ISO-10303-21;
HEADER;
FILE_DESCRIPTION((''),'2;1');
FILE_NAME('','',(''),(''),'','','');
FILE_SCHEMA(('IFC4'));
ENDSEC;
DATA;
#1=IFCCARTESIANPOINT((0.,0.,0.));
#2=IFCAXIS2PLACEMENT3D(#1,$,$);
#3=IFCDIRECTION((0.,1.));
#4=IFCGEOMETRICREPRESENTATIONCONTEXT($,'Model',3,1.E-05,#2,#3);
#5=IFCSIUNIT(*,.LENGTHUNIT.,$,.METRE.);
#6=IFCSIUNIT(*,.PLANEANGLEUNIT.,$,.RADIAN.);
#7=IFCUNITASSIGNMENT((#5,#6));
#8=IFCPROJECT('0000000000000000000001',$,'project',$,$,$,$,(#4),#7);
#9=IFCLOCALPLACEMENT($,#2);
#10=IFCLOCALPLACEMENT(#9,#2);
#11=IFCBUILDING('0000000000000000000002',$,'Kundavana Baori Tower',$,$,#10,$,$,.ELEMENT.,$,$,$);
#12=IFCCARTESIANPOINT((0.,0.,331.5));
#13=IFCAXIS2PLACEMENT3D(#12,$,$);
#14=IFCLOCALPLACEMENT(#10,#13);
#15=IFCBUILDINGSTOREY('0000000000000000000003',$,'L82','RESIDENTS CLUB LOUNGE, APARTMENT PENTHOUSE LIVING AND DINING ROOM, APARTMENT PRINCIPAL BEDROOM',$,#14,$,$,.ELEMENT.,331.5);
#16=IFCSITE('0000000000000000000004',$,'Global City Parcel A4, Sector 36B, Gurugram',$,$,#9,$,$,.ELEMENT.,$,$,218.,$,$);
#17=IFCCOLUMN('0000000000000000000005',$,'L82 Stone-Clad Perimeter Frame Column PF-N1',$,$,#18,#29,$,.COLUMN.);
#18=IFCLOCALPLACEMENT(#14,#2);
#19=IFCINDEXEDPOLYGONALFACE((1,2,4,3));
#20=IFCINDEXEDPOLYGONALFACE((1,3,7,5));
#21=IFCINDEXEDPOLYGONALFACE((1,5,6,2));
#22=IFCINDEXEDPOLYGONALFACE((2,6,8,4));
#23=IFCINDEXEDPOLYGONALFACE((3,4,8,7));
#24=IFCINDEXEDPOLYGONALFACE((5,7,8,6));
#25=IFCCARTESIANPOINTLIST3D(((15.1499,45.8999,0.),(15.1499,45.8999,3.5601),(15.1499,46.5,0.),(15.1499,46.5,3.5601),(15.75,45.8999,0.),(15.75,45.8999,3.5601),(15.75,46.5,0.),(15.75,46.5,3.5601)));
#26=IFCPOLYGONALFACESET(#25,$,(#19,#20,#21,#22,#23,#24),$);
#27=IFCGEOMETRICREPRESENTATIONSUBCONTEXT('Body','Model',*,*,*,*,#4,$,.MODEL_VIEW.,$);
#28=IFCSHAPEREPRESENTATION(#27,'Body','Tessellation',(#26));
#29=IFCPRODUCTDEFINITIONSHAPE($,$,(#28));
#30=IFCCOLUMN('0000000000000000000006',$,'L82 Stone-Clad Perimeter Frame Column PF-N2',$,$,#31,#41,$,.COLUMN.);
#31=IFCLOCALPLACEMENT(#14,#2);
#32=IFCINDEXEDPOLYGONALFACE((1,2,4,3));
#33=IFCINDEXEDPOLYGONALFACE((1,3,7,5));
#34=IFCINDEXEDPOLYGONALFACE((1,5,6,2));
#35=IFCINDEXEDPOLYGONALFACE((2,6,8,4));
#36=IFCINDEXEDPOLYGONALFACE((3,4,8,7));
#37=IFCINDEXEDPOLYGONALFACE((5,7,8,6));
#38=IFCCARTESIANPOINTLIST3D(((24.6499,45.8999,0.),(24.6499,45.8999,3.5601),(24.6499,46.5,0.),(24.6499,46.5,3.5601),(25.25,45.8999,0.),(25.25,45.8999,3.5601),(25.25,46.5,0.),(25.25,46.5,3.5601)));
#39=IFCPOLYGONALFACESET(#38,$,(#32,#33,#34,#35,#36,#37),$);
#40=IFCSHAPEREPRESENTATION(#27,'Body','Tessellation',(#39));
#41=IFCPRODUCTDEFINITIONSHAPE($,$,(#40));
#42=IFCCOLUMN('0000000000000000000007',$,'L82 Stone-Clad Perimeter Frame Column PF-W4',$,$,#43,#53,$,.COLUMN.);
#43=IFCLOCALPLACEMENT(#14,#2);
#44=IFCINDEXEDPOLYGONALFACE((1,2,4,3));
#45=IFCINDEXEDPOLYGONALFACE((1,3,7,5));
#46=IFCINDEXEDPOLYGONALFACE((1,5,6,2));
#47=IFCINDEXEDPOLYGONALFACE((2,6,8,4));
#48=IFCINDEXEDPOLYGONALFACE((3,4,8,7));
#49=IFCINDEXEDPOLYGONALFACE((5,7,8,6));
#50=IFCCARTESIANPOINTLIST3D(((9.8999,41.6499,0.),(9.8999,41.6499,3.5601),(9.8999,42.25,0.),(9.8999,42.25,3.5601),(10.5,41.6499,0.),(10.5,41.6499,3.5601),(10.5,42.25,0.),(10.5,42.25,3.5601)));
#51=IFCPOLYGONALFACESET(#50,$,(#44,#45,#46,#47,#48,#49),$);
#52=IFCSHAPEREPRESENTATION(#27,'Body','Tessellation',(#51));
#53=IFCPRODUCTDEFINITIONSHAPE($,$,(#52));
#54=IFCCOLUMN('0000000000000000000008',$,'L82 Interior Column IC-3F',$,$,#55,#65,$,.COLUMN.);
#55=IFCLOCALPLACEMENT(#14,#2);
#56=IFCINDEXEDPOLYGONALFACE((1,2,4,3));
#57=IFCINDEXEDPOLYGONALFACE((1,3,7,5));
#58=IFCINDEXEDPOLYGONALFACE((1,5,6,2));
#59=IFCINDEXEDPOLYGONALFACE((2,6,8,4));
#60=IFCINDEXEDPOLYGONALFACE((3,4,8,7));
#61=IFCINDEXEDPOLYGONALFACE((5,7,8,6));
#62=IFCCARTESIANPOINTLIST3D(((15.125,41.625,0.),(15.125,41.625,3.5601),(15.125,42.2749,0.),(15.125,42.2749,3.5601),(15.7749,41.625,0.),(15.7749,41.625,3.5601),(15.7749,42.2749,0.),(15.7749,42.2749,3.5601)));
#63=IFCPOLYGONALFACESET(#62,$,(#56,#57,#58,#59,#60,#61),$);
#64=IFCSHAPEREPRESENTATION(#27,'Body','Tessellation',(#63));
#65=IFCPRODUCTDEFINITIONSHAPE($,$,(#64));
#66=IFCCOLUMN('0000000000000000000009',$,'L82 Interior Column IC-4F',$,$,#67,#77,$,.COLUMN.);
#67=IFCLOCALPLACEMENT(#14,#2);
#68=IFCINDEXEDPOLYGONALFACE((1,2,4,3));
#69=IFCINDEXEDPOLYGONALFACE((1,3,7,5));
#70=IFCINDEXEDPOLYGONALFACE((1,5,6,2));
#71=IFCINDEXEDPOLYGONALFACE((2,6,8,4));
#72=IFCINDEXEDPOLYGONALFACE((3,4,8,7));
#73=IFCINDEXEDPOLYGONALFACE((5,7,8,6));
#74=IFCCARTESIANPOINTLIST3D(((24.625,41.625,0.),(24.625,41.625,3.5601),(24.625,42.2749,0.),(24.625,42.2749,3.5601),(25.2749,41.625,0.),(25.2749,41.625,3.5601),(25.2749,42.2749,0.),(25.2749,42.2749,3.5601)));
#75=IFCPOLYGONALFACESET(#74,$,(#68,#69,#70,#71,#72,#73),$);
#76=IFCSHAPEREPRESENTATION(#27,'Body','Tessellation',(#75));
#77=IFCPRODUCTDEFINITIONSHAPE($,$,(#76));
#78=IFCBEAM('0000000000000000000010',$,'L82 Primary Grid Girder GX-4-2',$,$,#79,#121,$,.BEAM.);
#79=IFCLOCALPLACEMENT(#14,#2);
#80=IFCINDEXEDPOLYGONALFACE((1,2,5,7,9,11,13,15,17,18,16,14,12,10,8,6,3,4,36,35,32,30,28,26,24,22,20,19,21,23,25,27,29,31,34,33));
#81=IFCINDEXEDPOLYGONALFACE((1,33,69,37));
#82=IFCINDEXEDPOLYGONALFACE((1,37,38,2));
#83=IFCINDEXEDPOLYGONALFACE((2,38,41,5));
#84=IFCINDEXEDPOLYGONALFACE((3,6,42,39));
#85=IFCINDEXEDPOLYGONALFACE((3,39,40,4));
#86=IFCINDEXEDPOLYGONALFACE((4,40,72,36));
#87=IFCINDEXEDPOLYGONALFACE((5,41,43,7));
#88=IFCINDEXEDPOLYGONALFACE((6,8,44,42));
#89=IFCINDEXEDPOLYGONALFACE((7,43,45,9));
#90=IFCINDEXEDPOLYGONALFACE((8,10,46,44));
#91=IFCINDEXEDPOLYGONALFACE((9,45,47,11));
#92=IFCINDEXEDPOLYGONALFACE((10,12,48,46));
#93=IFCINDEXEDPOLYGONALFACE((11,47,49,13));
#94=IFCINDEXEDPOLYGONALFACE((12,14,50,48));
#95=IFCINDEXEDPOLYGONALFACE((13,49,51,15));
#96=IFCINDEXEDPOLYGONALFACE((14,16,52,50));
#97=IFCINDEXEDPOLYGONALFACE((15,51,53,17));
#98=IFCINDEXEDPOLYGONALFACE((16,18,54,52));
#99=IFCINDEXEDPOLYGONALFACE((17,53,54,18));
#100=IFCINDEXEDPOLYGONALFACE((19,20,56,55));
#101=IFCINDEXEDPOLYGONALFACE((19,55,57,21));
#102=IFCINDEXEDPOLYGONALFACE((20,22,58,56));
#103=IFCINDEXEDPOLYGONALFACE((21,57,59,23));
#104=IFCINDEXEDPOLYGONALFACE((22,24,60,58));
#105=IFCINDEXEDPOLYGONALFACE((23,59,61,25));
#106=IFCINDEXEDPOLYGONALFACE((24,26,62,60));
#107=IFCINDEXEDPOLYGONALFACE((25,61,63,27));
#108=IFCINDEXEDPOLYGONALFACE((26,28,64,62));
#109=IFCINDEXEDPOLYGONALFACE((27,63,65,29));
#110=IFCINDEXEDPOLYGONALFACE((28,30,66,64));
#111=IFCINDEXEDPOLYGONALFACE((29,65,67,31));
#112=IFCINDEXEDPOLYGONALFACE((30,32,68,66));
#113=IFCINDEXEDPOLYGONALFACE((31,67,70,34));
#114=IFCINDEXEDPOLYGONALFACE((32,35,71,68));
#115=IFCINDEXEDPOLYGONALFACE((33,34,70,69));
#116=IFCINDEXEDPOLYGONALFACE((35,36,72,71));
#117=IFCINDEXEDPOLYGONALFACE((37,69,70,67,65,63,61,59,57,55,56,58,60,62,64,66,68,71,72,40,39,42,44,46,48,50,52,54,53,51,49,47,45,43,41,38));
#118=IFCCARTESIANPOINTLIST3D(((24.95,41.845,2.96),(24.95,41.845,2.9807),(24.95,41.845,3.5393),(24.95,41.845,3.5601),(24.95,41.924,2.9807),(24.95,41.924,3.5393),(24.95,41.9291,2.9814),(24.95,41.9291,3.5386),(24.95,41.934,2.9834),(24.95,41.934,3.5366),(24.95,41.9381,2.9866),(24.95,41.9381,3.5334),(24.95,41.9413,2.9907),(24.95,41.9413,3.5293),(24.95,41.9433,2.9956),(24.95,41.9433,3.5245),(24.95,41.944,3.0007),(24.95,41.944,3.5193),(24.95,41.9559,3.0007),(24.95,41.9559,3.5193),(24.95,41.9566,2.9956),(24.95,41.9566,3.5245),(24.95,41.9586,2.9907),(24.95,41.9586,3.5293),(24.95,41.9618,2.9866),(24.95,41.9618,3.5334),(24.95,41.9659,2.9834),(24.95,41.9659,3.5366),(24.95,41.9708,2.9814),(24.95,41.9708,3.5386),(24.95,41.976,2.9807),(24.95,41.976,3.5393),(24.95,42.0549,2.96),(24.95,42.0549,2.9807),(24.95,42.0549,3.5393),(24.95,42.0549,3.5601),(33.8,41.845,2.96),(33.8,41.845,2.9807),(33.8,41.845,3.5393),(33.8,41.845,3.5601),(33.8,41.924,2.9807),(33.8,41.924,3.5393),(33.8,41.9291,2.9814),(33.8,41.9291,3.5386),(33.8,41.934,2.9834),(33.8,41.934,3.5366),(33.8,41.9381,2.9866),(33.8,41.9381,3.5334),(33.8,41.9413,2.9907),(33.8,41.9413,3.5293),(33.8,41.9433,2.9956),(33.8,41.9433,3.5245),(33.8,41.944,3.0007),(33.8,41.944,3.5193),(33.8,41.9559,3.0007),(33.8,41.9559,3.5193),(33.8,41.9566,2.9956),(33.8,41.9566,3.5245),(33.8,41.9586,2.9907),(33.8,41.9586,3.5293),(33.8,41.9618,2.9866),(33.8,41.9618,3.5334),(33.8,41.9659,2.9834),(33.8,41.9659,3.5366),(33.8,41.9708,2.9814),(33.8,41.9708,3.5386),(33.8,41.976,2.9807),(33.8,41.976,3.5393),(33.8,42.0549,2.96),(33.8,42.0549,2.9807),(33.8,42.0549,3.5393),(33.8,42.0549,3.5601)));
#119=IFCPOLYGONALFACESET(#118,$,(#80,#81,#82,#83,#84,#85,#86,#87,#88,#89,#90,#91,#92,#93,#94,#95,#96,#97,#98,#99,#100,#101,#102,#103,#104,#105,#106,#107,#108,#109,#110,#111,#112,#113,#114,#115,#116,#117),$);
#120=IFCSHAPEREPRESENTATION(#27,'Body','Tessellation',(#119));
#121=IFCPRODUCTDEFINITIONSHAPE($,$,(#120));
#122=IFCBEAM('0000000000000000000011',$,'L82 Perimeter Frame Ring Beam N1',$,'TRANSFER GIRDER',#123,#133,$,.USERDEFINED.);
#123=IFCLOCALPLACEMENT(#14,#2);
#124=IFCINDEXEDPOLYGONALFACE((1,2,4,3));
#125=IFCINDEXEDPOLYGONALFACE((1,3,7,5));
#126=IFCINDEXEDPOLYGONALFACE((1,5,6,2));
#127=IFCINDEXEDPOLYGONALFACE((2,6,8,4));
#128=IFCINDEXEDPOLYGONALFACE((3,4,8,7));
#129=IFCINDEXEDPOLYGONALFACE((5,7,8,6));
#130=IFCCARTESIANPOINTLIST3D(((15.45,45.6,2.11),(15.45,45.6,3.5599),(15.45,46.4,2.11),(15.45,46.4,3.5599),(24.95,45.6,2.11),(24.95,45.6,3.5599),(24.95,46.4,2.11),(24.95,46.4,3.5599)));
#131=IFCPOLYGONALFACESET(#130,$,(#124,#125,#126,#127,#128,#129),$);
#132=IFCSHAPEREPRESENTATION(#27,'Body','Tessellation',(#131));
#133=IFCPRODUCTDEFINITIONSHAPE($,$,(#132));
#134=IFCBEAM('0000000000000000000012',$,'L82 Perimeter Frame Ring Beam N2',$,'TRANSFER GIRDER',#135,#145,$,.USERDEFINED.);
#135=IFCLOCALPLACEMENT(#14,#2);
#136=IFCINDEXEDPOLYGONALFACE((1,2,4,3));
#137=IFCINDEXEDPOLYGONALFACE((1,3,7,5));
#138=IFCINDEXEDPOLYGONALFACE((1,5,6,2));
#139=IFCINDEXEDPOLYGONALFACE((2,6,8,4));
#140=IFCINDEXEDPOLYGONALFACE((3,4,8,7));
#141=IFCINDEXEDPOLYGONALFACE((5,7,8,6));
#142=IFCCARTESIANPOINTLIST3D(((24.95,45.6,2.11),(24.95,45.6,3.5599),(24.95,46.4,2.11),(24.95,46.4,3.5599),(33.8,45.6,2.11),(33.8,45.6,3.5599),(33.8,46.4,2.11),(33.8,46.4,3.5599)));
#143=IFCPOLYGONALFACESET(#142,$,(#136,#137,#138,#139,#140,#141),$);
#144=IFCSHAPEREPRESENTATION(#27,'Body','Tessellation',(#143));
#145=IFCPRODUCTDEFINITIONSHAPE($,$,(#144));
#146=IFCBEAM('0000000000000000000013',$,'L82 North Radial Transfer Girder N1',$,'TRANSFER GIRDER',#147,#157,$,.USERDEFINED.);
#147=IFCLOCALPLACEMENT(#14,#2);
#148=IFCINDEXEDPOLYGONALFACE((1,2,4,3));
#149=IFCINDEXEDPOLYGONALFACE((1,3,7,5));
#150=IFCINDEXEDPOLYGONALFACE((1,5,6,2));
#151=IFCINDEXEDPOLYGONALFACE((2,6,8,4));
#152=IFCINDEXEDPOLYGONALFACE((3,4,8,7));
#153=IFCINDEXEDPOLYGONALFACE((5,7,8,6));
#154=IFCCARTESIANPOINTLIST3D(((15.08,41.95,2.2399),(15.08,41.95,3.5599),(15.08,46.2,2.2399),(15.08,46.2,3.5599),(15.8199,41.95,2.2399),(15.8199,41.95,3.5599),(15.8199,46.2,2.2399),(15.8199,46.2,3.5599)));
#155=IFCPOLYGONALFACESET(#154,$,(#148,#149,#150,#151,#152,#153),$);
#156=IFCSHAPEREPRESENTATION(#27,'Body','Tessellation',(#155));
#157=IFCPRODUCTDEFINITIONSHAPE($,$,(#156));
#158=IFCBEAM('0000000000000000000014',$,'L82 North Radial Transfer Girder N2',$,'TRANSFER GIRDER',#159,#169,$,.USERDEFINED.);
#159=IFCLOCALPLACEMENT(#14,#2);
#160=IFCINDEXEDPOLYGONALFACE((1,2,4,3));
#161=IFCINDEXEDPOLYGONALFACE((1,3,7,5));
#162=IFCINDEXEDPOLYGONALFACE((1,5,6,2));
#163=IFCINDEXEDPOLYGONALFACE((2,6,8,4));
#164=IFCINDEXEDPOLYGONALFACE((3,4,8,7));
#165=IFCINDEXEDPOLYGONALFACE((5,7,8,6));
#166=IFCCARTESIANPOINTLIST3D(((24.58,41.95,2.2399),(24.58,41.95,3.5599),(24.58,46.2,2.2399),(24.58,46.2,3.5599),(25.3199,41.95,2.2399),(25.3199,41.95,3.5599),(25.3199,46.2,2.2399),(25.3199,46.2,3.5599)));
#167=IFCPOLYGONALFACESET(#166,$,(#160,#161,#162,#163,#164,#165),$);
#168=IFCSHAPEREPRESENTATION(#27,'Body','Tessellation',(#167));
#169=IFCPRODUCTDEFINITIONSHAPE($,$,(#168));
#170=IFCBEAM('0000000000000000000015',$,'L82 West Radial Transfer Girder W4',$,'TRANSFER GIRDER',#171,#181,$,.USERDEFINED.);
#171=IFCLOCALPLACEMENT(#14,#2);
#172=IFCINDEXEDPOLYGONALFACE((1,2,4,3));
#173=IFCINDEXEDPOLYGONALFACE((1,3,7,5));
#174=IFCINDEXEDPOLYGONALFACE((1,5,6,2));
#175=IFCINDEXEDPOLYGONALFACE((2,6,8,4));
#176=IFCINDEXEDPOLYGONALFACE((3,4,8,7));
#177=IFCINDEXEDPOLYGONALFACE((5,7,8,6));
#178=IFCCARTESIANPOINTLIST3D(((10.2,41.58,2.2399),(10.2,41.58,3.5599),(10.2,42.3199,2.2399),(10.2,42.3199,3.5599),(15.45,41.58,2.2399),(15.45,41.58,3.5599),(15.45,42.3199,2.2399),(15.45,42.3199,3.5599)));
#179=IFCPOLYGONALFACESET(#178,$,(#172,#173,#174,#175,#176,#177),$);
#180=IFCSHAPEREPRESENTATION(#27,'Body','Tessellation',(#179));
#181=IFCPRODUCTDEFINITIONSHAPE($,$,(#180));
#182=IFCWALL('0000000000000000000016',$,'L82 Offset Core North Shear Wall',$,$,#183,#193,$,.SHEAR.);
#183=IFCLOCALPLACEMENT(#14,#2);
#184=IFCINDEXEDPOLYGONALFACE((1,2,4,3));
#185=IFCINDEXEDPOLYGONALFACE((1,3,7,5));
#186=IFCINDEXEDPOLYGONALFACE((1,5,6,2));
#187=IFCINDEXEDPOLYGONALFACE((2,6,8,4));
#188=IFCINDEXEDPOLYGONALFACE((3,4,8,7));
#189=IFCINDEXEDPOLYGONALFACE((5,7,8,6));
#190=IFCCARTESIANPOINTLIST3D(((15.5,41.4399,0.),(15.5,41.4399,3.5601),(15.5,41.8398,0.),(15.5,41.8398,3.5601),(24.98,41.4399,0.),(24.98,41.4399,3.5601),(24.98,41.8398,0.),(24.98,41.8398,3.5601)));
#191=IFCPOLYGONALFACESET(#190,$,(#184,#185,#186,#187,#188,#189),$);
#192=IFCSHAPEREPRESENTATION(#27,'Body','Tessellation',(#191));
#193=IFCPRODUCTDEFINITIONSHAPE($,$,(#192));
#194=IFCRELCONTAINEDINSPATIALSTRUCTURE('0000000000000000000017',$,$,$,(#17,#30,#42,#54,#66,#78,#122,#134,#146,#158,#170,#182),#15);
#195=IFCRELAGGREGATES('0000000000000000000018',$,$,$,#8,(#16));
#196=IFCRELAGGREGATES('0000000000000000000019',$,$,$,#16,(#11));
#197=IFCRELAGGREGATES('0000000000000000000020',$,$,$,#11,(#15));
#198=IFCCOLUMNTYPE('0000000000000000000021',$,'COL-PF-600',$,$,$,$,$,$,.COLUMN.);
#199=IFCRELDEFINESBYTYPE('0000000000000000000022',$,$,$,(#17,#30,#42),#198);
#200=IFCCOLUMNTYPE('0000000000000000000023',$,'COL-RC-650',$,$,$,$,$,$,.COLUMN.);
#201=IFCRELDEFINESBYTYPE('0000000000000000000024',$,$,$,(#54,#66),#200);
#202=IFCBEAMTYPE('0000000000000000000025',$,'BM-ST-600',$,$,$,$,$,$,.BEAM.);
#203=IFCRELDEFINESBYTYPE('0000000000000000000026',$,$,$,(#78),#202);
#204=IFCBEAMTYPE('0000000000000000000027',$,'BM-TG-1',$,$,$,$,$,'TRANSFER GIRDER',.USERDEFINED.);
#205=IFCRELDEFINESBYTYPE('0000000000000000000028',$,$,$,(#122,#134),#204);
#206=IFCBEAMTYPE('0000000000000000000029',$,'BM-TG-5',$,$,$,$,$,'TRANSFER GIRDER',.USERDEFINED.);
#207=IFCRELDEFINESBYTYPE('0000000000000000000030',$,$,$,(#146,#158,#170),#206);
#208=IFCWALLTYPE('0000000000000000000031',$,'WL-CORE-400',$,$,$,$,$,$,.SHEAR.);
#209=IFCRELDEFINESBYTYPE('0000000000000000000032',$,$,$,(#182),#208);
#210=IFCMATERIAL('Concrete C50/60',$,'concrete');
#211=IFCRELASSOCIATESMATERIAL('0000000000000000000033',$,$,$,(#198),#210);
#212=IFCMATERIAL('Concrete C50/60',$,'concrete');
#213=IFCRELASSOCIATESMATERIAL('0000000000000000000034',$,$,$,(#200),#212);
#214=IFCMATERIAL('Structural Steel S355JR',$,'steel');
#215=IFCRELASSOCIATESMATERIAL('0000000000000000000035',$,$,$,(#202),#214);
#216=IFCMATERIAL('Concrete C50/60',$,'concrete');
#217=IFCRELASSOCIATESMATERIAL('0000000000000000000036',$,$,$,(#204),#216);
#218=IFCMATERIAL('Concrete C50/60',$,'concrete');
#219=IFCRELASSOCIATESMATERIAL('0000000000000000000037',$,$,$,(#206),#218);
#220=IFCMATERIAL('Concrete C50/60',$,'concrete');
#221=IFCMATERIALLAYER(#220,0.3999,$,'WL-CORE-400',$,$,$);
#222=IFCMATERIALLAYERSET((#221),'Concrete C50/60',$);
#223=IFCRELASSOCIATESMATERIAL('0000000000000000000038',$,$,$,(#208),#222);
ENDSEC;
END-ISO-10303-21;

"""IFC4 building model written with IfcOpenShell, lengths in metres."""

from ifc_helpers import new_model, si_unit, direction, frame, frame_2d, origin, origin_2d, place, context, subcontext, project, spatial, rectangle, i_section, extrude, material, layer, layer_set, material_profile, profile_set, type_object, element, save


model = new_model("IFC4")

# Units and contexts
model_context = context("Model", 3, precision=1e-05, world=origin(), true_north=direction((0.0, 1.0)))
body_context = subcontext(model_context, "Body", "Model", "MODEL_VIEW")
ifc_project = project(units=[si_unit("LENGTHUNIT", "METRE"), si_unit("PLANEANGLEUNIT", "RADIAN")], contexts=[model_context])

# Site, building, storey
site_placement = place(None, origin())
site = spatial("IfcSite", under=ifc_project, at=site_placement, Name="Global City Parcel A4, Sector 36B, Gurugram", CompositionType="ELEMENT", RefElevation=218.0)
building_placement = place(site_placement, origin())
building = spatial("IfcBuilding", under=site, at=building_placement, Name="Kundavana Baori Tower", CompositionType="ELEMENT")
storey_placement = place(building_placement, frame((0.0, 0.0, 331.5)))
storey = spatial("IfcBuildingStorey", under=building, at=storey_placement, Name="L82", Description="RESIDENTS CLUB LOUNGE, APARTMENT PENTHOUSE LIVING AND DINING ROOM, APARTMENT PRINCIPAL BEDROOM", CompositionType="ELEMENT", Elevation=331.5)

# Columns
ifc_material_1 = material(Name="Concrete C50/60", Category="concrete")
ifc_material_profile_1 = material_profile(ifc_material_1, rectangle(XDim=0.6001, YDim=0.6001, at=origin_2d()), Name="RC PF 600x600")
ifc_profile_set_1 = profile_set([ifc_material_profile_1], Name="Concrete C50/60")
column_type_1 = type_object("IfcColumnType", Name="COL-PF-600", PredefinedType="COLUMN", material=ifc_profile_set_1)
for number, where, z_axis, x_axis, name in (
    (1, (15.45, 46.2, 0.0), (0.0, 0.0, 1.0), (1.0, 0.0, 0.0), "L82 Stone-Clad Perimeter Frame Column PF-N1"),
    (2, (24.95, 46.2, 0.0), (0.0, 0.0, 1.0), (1.0, 0.0, 0.0), "L82 Stone-Clad Perimeter Frame Column PF-N2"),
    (3, (10.2, 41.95, 0.0), (0.0, 0.0, 1.0), (1.0, 0.0, 0.0), "L82 Stone-Clad Perimeter Frame Column PF-W4"),
):
    element("IfcColumn", number, at=place(storey_placement, frame(where, z_axis=z_axis, x_axis=x_axis)), inside=storey, type_object=column_type_1, Name=name, PredefinedType="COLUMN", context=body_context, shape_type="SweptSolid", body=[
        extrude(rectangle(XDim=0.6001, YDim=0.6001, at=origin_2d()), origin(), (0.0, 0.0, 1.0), 3.5601),
    ])
ifc_material_2 = material(Name="Concrete C50/60", Category="concrete")
ifc_material_profile_2 = material_profile(ifc_material_2, rectangle(XDim=0.6499, YDim=0.6499, at=origin_2d()), Name="RC 650x650")
ifc_profile_set_2 = profile_set([ifc_material_profile_2], Name="Concrete C50/60")
column_type_2 = type_object("IfcColumnType", Name="COL-RC-650", PredefinedType="COLUMN", material=ifc_profile_set_2)
for number, where, z_axis, x_axis, name in (
    (4, (15.45, 41.95, 0.0), (0.0, 0.0, 1.0), (1.0, 0.0, 0.0), "L82 Interior Column IC-3F"),
    (5, (24.95, 41.95, 0.0), (0.0, 0.0, 1.0), (1.0, 0.0, 0.0), "L82 Interior Column IC-4F"),
):
    element("IfcColumn", number, at=place(storey_placement, frame(where, z_axis=z_axis, x_axis=x_axis)), inside=storey, type_object=column_type_2, Name=name, PredefinedType="COLUMN", context=body_context, shape_type="SweptSolid", body=[
        extrude(rectangle(XDim=0.6499, YDim=0.6499, at=origin_2d()), origin(), (0.0, 0.0, 1.0), 3.5601),
    ])

# Beams
ifc_material_3 = material(Name="Structural Steel S355JR", Category="steel")
ifc_material_profile_3 = material_profile(ifc_material_3, i_section(OverallWidth=0.21, OverallDepth=0.6001, WebThickness=0.012, FlangeThickness=0.0208, FilletRadius=0.02, at=origin_2d()), Name="ISMB 600")
ifc_profile_set_3 = profile_set([ifc_material_profile_3], Name="Structural Steel S355JR")
beam_type_1 = type_object("IfcBeamType", Name="BM-ST-600", PredefinedType="BEAM", material=ifc_profile_set_3)
beam_1_placement = place(storey_placement, frame((24.95, 41.95, 3.26), z_axis=(1.0, 0.0, 0.0), x_axis=(0.0, 1.0, 0.0)))
element("IfcBeam", 6, at=beam_1_placement, inside=storey, type_object=beam_type_1, Name="L82 Primary Grid Girder GX-4-2", PredefinedType="BEAM", context=body_context, shape_type="SweptSolid", body=[
    extrude(i_section(OverallWidth=0.21, OverallDepth=0.6001, WebThickness=0.012, FlangeThickness=0.0208, FilletRadius=0.02, at=origin_2d()), origin(), (0.0, 0.0, 1.0), 8.8501),
])
ifc_material_4 = material(Name="Concrete C50/60", Category="concrete")
ifc_material_profile_4 = material_profile(ifc_material_4, rectangle(XDim=0.8, YDim=1.45, at=origin_2d()), Name="BM-TG-1")
ifc_profile_set_4 = profile_set([ifc_material_profile_4], Name="Concrete C50/60")
beam_type_2 = type_object("IfcBeamType", Name="BM-TG-1", ElementType="TRANSFER GIRDER", PredefinedType="USERDEFINED", material=ifc_profile_set_4)
beam_2_placement = place(storey_placement, frame((15.45, 46.0, 2.835), z_axis=(1.0, 0.0, 0.0), x_axis=(0.0, 1.0, 0.0)))
element("IfcBeam", 7, at=beam_2_placement, inside=storey, type_object=beam_type_2, Name="L82 Perimeter Frame Ring Beam N1", ObjectType="TRANSFER GIRDER", PredefinedType="USERDEFINED", context=body_context, shape_type="SweptSolid", body=[
    extrude(rectangle(XDim=0.8, YDim=1.45, at=origin_2d()), origin(), (0.0, 0.0, 1.0), 9.5),
])
beam_3_placement = place(storey_placement, frame((24.95, 46.0, 2.835), z_axis=(1.0, 0.0, 0.0), x_axis=(0.0, 1.0, 0.0)))
element("IfcBeam", 8, at=beam_3_placement, inside=storey, type_object=beam_type_2, Name="L82 Perimeter Frame Ring Beam N2", ObjectType="TRANSFER GIRDER", PredefinedType="USERDEFINED", context=body_context, shape_type="SweptSolid", body=[
    extrude(rectangle(XDim=0.8, YDim=1.45, at=origin_2d()), origin(), (0.0, 0.0, 1.0), 8.8501),
])
ifc_material_5 = material(Name="Concrete C50/60", Category="concrete")
ifc_material_profile_5 = material_profile(ifc_material_5, rectangle(XDim=0.74, YDim=1.3201, at=origin_2d()), Name="BM-TG-5")
ifc_profile_set_5 = profile_set([ifc_material_profile_5], Name="Concrete C50/60")
beam_type_3 = type_object("IfcBeamType", Name="BM-TG-5", ElementType="TRANSFER GIRDER", PredefinedType="USERDEFINED", material=ifc_profile_set_5)
for number, where, z_axis, x_axis, name in (
    (9, (15.45, 41.95, 2.8999), (0.0, 1.0, 0.0), (-1.0, 0.0, 0.0), "L82 North Radial Transfer Girder N1"),
    (10, (24.95, 41.95, 2.8999), (0.0, 1.0, 0.0), (-1.0, 0.0, 0.0), "L82 North Radial Transfer Girder N2"),
):
    element("IfcBeam", number, at=place(storey_placement, frame(where, z_axis=z_axis, x_axis=x_axis)), inside=storey, type_object=beam_type_3, Name=name, ObjectType="TRANSFER GIRDER", PredefinedType="USERDEFINED", context=body_context, shape_type="SweptSolid", body=[
        extrude(rectangle(XDim=0.74, YDim=1.3201, at=origin_2d()), origin(), (0.0, 0.0, 1.0), 4.25),
    ])
beam_4_placement = place(storey_placement, frame((15.45, 41.95, 2.8999), z_axis=(-1.0, 0.0, 0.0), x_axis=(0.0, -1.0, 0.0)))
element("IfcBeam", 11, at=beam_4_placement, inside=storey, type_object=beam_type_3, Name="L82 West Radial Transfer Girder W4", ObjectType="TRANSFER GIRDER", PredefinedType="USERDEFINED", context=body_context, shape_type="SweptSolid", body=[
    extrude(rectangle(XDim=0.74, YDim=1.3201, at=origin_2d()), origin(), (0.0, 0.0, 1.0), 5.25),
])

# Wall
ifc_material_6 = material(Name="Concrete C50/60", Category="concrete")
ifc_layer_1 = layer(ifc_material_6, 0.3999, Name="WL-CORE-400")
ifc_layer_set_1 = layer_set([ifc_layer_1], Name="Concrete C50/60")
wall_type_1 = type_object("IfcWallType", Name="WL-CORE-400", PredefinedType="SHEAR", material=ifc_layer_set_1)
wall_1_placement = place(storey_placement, frame((15.5, 41.6399, 0.0), z_axis=(0.0, 0.0, 1.0), x_axis=(1.0, 0.0, 0.0)))
element("IfcWall", 12, at=wall_1_placement, inside=storey, type_object=wall_type_1, Name="L82 Offset Core North Shear Wall", PredefinedType="SHEAR", context=body_context, shape_type="SweptSolid", body=[
    extrude(rectangle(XDim=9.48, YDim=0.3999, at=frame_2d((4.74, 0.0))), origin(), (0.0, 0.0, 1.0), 3.5601),
])

save(model, "model.ifc")
